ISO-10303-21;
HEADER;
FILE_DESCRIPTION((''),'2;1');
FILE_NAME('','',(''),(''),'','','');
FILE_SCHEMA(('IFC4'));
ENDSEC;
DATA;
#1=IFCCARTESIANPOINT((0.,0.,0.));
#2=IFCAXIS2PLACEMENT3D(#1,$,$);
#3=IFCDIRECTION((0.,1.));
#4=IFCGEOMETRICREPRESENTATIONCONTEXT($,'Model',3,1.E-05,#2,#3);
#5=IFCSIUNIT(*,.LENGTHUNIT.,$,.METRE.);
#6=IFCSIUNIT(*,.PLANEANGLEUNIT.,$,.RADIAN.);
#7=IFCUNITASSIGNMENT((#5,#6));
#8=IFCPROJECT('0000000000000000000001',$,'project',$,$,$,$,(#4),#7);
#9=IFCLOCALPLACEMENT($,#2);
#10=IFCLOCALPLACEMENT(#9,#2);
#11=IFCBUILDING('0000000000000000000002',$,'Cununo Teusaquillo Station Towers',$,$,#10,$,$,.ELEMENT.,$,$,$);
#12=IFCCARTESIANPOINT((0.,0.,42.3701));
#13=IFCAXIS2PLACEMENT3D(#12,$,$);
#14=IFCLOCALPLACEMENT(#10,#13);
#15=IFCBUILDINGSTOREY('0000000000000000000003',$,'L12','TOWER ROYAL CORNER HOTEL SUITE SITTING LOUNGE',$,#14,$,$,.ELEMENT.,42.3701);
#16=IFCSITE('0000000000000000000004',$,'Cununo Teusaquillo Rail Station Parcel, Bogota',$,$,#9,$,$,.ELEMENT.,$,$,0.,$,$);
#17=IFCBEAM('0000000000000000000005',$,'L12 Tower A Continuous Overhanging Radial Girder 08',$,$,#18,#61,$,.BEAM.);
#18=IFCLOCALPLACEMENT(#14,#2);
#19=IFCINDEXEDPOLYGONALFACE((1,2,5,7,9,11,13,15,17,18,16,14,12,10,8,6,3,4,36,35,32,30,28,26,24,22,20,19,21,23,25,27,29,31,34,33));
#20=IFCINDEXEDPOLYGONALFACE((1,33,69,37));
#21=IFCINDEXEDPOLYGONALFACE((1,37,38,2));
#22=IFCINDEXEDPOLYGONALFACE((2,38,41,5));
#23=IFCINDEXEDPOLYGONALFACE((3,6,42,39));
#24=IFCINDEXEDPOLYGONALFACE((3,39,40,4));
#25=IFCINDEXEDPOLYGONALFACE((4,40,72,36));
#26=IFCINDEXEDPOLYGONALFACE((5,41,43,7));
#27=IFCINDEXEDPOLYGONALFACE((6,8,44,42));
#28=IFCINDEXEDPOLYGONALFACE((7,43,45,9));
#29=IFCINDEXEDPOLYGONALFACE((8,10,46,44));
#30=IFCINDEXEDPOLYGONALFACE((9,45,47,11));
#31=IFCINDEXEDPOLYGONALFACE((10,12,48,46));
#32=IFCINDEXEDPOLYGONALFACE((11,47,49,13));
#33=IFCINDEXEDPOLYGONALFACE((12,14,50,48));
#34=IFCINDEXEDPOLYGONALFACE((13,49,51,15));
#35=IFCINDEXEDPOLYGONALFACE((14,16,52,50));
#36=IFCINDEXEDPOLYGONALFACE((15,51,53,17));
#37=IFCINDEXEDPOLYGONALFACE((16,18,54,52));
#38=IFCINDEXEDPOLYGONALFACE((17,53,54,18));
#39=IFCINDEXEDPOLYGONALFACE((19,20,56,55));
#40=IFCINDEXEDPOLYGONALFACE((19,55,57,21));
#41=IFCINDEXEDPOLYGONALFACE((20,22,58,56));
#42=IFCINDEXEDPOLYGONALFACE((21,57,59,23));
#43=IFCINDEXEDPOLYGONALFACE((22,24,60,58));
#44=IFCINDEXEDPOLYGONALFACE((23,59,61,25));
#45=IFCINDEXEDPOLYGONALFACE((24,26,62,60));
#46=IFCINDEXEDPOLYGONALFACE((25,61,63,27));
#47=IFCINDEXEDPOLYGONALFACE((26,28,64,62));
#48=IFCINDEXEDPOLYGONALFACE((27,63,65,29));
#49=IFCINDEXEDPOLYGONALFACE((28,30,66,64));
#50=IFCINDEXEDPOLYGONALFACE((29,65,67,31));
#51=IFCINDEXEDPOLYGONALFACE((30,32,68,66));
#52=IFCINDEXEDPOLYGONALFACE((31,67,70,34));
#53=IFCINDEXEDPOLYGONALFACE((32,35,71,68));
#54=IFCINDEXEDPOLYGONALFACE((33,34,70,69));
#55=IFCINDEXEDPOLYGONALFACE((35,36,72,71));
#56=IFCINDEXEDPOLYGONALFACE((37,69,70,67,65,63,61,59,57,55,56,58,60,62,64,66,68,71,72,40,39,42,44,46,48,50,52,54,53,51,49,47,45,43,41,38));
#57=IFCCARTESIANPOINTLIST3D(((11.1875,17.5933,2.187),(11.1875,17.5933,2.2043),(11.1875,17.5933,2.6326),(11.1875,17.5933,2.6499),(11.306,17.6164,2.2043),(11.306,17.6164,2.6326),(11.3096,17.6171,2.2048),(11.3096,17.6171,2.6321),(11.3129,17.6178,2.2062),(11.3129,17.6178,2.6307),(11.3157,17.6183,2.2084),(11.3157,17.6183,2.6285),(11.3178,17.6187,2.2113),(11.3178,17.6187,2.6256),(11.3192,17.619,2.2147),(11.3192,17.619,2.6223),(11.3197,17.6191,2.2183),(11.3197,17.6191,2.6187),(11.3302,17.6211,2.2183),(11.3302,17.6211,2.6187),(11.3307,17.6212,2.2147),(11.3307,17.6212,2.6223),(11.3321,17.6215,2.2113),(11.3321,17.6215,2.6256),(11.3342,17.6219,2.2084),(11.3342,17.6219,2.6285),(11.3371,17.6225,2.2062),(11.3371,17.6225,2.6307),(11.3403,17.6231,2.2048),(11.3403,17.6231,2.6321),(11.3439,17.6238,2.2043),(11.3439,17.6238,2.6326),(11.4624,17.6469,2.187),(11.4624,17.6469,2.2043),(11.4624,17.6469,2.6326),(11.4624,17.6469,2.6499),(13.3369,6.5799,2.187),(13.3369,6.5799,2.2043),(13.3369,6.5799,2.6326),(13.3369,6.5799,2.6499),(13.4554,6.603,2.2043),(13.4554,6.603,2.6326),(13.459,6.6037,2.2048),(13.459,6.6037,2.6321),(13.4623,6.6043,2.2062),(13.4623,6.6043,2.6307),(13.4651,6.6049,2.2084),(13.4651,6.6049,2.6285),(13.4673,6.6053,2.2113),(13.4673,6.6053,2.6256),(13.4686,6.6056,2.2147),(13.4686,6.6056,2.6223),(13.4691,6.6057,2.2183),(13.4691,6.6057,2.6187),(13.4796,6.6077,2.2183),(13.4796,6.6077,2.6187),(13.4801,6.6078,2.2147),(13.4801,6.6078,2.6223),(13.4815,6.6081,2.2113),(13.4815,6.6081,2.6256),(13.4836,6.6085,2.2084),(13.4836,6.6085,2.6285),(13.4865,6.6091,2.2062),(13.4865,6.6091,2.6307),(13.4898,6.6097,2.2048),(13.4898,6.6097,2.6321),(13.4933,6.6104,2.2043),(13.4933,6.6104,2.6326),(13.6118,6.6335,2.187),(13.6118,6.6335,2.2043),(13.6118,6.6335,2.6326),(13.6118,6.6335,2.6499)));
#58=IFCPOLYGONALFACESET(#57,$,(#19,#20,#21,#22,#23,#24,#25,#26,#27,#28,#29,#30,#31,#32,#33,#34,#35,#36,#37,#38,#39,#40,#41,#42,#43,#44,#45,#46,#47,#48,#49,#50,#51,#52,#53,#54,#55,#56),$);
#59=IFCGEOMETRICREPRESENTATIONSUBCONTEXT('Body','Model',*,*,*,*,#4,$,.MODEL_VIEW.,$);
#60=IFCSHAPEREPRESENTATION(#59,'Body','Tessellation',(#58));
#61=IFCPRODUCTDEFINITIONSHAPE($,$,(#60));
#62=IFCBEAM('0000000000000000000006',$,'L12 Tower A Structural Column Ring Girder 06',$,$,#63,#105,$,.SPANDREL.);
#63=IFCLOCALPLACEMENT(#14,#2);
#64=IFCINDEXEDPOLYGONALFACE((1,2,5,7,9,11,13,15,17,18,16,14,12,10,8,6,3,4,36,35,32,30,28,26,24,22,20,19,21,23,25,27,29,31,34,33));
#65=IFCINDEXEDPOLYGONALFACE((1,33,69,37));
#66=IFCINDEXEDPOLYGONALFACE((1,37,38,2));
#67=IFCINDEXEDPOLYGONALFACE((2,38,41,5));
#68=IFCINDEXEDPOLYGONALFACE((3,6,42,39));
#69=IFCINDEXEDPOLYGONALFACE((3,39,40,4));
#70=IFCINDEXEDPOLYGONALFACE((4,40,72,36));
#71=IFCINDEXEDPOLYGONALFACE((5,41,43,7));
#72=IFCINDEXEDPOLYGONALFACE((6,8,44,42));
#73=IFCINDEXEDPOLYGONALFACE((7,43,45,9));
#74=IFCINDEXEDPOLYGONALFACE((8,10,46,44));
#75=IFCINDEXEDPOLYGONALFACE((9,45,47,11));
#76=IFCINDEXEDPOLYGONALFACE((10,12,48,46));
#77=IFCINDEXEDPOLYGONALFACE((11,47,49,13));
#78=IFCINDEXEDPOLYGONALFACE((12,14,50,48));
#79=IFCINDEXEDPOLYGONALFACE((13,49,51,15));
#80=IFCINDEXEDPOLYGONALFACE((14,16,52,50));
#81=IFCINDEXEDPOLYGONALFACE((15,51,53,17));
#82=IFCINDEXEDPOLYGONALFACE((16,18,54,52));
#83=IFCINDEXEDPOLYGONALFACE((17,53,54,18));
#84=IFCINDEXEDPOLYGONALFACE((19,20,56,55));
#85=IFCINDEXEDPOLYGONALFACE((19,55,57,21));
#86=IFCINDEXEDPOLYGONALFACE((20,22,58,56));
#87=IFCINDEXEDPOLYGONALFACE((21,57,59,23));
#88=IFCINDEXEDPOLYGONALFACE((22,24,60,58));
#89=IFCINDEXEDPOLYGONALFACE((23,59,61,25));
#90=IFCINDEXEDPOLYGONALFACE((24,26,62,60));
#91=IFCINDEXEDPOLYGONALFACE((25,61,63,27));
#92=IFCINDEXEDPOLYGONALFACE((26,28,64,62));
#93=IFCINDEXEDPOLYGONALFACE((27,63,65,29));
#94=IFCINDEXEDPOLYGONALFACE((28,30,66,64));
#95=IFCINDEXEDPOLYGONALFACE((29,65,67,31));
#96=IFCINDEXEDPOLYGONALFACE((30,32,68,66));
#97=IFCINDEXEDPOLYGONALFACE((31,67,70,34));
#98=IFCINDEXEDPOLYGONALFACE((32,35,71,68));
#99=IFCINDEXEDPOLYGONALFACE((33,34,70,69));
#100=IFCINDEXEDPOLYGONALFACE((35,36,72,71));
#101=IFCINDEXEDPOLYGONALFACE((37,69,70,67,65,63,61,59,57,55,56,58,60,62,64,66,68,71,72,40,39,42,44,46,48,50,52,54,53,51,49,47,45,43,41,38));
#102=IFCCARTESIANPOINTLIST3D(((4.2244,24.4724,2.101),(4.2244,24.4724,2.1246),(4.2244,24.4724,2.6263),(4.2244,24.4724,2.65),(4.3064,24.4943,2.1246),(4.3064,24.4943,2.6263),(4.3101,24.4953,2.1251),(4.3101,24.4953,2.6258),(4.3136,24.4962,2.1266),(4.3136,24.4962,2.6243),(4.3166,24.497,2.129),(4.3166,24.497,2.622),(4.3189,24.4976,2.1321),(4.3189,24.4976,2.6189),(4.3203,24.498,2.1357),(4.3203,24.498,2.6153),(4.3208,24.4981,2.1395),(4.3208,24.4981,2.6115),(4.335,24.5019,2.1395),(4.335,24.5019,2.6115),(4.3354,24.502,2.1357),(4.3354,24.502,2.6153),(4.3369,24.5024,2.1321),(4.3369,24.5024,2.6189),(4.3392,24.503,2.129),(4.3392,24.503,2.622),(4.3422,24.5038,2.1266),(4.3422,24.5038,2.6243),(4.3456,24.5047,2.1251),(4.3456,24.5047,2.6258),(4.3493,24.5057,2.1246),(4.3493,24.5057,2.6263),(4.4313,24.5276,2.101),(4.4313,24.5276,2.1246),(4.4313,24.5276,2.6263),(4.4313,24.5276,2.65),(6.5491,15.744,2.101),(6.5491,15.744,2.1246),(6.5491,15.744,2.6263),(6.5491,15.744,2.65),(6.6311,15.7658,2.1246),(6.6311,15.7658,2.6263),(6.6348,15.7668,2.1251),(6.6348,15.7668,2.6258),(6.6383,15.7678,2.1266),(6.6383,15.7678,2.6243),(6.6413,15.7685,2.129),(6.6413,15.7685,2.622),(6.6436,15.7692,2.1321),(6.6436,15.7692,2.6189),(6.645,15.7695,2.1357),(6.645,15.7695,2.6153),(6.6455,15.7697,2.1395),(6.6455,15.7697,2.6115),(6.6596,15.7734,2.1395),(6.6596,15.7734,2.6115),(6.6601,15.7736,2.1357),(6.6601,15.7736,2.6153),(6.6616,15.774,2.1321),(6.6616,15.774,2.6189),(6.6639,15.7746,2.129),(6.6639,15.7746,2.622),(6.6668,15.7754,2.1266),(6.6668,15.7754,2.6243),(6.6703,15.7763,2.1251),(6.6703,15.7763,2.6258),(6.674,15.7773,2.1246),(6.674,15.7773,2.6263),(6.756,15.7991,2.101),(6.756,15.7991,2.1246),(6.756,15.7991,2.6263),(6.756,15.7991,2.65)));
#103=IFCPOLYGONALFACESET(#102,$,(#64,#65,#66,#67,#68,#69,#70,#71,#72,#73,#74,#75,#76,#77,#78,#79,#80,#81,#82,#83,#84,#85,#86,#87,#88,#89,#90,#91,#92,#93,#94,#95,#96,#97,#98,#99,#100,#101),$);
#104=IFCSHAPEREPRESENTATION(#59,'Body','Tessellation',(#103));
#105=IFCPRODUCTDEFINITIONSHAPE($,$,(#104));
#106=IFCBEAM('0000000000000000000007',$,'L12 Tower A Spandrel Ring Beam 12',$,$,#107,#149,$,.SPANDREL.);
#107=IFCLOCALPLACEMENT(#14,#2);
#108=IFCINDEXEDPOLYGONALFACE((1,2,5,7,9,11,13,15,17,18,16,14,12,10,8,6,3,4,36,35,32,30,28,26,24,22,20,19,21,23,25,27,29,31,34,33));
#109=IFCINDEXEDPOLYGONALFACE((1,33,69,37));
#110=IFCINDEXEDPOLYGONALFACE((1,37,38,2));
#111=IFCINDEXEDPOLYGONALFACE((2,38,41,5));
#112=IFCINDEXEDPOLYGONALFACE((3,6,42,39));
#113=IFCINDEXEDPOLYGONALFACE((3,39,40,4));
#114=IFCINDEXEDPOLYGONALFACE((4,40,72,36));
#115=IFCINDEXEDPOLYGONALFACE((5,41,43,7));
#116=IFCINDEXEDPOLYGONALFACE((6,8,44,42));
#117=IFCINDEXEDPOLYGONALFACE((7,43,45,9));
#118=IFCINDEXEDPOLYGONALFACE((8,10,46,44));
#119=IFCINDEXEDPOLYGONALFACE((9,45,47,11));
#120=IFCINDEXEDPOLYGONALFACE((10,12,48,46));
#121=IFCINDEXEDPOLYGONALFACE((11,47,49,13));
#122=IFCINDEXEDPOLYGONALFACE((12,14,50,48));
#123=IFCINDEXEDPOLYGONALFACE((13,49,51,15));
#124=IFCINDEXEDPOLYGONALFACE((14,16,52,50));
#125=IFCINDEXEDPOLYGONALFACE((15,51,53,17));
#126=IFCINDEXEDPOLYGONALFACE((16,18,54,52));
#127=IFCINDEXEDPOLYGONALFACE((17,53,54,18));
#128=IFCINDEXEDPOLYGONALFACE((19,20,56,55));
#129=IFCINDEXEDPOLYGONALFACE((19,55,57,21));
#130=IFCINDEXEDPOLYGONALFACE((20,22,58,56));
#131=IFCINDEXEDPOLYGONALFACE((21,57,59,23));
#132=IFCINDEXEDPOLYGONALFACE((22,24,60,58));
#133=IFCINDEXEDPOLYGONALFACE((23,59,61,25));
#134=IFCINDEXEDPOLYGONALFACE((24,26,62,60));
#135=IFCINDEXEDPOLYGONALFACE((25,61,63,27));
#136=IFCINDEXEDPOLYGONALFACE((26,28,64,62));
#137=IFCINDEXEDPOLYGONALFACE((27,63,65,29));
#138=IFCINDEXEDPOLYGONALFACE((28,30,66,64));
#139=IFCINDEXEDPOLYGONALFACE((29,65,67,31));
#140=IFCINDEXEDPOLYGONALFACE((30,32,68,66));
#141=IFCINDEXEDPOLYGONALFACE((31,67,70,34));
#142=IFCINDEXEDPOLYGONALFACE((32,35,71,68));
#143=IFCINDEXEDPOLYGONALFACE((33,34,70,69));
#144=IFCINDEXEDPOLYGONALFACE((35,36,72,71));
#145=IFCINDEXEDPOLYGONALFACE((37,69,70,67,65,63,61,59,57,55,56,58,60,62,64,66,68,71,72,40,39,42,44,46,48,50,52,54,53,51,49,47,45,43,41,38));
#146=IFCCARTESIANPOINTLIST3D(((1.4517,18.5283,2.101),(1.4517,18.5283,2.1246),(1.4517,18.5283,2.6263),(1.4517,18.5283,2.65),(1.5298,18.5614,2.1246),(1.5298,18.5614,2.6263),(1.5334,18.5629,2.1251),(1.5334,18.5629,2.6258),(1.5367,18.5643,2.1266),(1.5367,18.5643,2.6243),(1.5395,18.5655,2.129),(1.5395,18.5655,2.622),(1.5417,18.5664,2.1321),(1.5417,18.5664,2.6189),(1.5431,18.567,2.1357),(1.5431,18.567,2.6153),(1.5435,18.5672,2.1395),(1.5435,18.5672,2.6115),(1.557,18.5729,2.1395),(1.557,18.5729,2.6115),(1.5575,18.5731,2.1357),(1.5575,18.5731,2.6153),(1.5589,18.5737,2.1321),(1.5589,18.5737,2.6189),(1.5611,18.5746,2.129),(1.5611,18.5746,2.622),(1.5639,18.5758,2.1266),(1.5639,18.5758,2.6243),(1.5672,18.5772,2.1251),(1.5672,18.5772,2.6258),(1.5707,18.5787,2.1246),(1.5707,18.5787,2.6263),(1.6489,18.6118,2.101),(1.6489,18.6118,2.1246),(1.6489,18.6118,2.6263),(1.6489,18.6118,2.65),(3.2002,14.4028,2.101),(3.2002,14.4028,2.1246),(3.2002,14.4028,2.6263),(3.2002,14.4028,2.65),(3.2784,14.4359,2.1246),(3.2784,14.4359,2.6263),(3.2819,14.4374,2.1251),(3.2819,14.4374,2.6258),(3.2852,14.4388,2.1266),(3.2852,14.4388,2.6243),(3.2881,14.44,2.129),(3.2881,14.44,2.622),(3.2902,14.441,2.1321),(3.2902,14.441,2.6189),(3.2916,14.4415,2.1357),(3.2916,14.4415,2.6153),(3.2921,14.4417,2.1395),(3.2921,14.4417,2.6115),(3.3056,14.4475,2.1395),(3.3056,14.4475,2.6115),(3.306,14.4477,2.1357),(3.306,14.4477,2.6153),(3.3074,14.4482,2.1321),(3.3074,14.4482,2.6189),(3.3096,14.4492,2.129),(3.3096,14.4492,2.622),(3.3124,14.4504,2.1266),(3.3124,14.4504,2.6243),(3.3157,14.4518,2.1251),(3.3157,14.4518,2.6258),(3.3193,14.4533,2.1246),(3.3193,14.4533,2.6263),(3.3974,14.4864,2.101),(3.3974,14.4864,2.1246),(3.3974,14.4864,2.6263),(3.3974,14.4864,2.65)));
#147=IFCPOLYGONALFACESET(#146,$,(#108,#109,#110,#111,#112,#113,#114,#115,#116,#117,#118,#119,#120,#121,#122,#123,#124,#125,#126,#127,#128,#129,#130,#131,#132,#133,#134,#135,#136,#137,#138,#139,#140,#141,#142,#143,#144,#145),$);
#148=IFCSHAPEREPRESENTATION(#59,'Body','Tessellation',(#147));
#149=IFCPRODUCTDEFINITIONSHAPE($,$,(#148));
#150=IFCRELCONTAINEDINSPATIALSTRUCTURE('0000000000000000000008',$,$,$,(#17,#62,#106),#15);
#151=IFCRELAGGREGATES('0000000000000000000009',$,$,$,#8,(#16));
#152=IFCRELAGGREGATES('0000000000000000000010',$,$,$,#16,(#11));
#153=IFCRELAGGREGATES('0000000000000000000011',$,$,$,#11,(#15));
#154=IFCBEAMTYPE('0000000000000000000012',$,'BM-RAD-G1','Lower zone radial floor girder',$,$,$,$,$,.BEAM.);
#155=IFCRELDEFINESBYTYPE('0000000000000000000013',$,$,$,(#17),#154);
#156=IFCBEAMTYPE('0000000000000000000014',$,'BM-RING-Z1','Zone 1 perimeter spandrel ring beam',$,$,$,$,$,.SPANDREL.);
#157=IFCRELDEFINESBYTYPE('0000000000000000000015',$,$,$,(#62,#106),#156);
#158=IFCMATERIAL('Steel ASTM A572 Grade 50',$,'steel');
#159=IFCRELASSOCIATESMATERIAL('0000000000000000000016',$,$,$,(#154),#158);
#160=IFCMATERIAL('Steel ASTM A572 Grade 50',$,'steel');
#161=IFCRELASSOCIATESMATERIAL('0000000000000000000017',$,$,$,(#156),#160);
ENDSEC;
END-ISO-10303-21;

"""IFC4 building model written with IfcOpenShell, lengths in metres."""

from ifc_helpers import new_model, si_unit, direction, frame, origin, origin_2d, place, context, subcontext, project, spatial, i_section, extrude, material, material_profile, profile_set, type_object, element, save


model = new_model("IFC4")

# Units and contexts
model_context = context("Model", 3, precision=1e-05, world=origin(), true_north=direction((0.0, 1.0)))
body_context = subcontext(model_context, "Body", "Model", "MODEL_VIEW")
ifc_project = project(units=[si_unit("LENGTHUNIT", "METRE"), si_unit("PLANEANGLEUNIT", "RADIAN")], contexts=[model_context])

# Site, building, storey
site_placement = place(None, origin())
site = spatial("IfcSite", under=ifc_project, at=site_placement, Name="Cununo Teusaquillo Rail Station Parcel, Bogota", CompositionType="ELEMENT", RefElevation=0.0)
building_placement = place(site_placement, origin())
building = spatial("IfcBuilding", under=site, at=building_placement, Name="Cununo Teusaquillo Station Towers", CompositionType="ELEMENT")
storey_placement = place(building_placement, frame((0.0, 0.0, 42.3701)))
storey = spatial("IfcBuildingStorey", under=building, at=storey_placement, Name="L12", Description="TOWER ROYAL CORNER HOTEL SUITE SITTING LOUNGE", CompositionType="ELEMENT", Elevation=42.3701)

# Beams
ifc_material_1 = material(Name="Steel ASTM A572 Grade 50", Category="steel")
ifc_material_profile_1 = material_profile(ifc_material_1, i_section(OverallWidth=0.28, OverallDepth=0.4629, WebThickness=0.0107, FlangeThickness=0.0173, FilletRadius=0.0139, at=origin_2d()), Name="W18X76")
ifc_profile_set_1 = profile_set([ifc_material_profile_1], Name="Steel ASTM A572 Grade 50")
beam_type_1 = type_object("IfcBeamType", Name="BM-RAD-G1", Description="Lower zone radial floor girder", PredefinedType="BEAM", material=ifc_profile_set_1)
beam_1_placement = place(storey_placement, frame((11.325, 17.6201, 2.4185), z_axis=(0.191549, -0.981483, 0.0), x_axis=(0.981483, 0.191549, 0.0)))
element("IfcBeam", 1, at=beam_1_placement, inside=storey, type_object=beam_type_1, Name="L12 Tower A Continuous Overhanging Radial Girder 08", PredefinedType="BEAM", context=body_context, shape_type="SweptSolid", body=[
    extrude(i_section(OverallWidth=0.28, OverallDepth=0.4629, WebThickness=0.0107, FlangeThickness=0.0173, FilletRadius=0.0139, at=origin_2d()), origin(), (0.0, 0.0, 1.0), 11.2212),
])
ifc_material_2 = material(Name="Steel ASTM A572 Grade 50", Category="steel")
ifc_material_profile_2 = material_profile(ifc_material_2, i_section(OverallWidth=0.2141, OverallDepth=0.5491, WebThickness=0.0146, FlangeThickness=0.0237, FilletRadius=0.0149, at=origin_2d()), Name="W21X93")
ifc_profile_set_2 = profile_set([ifc_material_profile_2], Name="Steel ASTM A572 Grade 50")
beam_type_2 = type_object("IfcBeamType", Name="BM-RING-Z1", Description="Zone 1 perimeter spandrel ring beam", PredefinedType="SPANDREL", material=ifc_profile_set_2)
beam_2_placement = place(storey_placement, frame((4.3279, 24.5, 2.3755), z_axis=(0.257363, -0.966315, 0.0), x_axis=(0.966315, 0.257363, 0.0)))
element("IfcBeam", 2, at=beam_2_placement, inside=storey, type_object=beam_type_2, Name="L12 Tower A Structural Column Ring Girder 06", PredefinedType="SPANDREL", context=body_context, shape_type="SweptSolid", body=[
    extrude(i_section(OverallWidth=0.2141, OverallDepth=0.5491, WebThickness=0.0146, FlangeThickness=0.0237, FilletRadius=0.0149, at=origin_2d()), origin(), (0.0, 0.0, 1.0), 9.0327),
])
beam_3_placement = place(storey_placement, frame((1.5503, 18.5701, 2.3755), z_axis=(0.390234, -0.920716, 0.0), x_axis=(0.920716, 0.390234, 0.0)))
element("IfcBeam", 3, at=beam_3_placement, inside=storey, type_object=beam_type_2, Name="L12 Tower A Spandrel Ring Beam 12", PredefinedType="SPANDREL", context=body_context, shape_type="SweptSolid", body=[
    extrude(i_section(OverallWidth=0.2141, OverallDepth=0.5491, WebThickness=0.0146, FlangeThickness=0.0237, FilletRadius=0.0149, at=origin_2d()), origin(), (0.0, 0.0, 1.0), 4.4807),
])

save(model, "model.ifc")
